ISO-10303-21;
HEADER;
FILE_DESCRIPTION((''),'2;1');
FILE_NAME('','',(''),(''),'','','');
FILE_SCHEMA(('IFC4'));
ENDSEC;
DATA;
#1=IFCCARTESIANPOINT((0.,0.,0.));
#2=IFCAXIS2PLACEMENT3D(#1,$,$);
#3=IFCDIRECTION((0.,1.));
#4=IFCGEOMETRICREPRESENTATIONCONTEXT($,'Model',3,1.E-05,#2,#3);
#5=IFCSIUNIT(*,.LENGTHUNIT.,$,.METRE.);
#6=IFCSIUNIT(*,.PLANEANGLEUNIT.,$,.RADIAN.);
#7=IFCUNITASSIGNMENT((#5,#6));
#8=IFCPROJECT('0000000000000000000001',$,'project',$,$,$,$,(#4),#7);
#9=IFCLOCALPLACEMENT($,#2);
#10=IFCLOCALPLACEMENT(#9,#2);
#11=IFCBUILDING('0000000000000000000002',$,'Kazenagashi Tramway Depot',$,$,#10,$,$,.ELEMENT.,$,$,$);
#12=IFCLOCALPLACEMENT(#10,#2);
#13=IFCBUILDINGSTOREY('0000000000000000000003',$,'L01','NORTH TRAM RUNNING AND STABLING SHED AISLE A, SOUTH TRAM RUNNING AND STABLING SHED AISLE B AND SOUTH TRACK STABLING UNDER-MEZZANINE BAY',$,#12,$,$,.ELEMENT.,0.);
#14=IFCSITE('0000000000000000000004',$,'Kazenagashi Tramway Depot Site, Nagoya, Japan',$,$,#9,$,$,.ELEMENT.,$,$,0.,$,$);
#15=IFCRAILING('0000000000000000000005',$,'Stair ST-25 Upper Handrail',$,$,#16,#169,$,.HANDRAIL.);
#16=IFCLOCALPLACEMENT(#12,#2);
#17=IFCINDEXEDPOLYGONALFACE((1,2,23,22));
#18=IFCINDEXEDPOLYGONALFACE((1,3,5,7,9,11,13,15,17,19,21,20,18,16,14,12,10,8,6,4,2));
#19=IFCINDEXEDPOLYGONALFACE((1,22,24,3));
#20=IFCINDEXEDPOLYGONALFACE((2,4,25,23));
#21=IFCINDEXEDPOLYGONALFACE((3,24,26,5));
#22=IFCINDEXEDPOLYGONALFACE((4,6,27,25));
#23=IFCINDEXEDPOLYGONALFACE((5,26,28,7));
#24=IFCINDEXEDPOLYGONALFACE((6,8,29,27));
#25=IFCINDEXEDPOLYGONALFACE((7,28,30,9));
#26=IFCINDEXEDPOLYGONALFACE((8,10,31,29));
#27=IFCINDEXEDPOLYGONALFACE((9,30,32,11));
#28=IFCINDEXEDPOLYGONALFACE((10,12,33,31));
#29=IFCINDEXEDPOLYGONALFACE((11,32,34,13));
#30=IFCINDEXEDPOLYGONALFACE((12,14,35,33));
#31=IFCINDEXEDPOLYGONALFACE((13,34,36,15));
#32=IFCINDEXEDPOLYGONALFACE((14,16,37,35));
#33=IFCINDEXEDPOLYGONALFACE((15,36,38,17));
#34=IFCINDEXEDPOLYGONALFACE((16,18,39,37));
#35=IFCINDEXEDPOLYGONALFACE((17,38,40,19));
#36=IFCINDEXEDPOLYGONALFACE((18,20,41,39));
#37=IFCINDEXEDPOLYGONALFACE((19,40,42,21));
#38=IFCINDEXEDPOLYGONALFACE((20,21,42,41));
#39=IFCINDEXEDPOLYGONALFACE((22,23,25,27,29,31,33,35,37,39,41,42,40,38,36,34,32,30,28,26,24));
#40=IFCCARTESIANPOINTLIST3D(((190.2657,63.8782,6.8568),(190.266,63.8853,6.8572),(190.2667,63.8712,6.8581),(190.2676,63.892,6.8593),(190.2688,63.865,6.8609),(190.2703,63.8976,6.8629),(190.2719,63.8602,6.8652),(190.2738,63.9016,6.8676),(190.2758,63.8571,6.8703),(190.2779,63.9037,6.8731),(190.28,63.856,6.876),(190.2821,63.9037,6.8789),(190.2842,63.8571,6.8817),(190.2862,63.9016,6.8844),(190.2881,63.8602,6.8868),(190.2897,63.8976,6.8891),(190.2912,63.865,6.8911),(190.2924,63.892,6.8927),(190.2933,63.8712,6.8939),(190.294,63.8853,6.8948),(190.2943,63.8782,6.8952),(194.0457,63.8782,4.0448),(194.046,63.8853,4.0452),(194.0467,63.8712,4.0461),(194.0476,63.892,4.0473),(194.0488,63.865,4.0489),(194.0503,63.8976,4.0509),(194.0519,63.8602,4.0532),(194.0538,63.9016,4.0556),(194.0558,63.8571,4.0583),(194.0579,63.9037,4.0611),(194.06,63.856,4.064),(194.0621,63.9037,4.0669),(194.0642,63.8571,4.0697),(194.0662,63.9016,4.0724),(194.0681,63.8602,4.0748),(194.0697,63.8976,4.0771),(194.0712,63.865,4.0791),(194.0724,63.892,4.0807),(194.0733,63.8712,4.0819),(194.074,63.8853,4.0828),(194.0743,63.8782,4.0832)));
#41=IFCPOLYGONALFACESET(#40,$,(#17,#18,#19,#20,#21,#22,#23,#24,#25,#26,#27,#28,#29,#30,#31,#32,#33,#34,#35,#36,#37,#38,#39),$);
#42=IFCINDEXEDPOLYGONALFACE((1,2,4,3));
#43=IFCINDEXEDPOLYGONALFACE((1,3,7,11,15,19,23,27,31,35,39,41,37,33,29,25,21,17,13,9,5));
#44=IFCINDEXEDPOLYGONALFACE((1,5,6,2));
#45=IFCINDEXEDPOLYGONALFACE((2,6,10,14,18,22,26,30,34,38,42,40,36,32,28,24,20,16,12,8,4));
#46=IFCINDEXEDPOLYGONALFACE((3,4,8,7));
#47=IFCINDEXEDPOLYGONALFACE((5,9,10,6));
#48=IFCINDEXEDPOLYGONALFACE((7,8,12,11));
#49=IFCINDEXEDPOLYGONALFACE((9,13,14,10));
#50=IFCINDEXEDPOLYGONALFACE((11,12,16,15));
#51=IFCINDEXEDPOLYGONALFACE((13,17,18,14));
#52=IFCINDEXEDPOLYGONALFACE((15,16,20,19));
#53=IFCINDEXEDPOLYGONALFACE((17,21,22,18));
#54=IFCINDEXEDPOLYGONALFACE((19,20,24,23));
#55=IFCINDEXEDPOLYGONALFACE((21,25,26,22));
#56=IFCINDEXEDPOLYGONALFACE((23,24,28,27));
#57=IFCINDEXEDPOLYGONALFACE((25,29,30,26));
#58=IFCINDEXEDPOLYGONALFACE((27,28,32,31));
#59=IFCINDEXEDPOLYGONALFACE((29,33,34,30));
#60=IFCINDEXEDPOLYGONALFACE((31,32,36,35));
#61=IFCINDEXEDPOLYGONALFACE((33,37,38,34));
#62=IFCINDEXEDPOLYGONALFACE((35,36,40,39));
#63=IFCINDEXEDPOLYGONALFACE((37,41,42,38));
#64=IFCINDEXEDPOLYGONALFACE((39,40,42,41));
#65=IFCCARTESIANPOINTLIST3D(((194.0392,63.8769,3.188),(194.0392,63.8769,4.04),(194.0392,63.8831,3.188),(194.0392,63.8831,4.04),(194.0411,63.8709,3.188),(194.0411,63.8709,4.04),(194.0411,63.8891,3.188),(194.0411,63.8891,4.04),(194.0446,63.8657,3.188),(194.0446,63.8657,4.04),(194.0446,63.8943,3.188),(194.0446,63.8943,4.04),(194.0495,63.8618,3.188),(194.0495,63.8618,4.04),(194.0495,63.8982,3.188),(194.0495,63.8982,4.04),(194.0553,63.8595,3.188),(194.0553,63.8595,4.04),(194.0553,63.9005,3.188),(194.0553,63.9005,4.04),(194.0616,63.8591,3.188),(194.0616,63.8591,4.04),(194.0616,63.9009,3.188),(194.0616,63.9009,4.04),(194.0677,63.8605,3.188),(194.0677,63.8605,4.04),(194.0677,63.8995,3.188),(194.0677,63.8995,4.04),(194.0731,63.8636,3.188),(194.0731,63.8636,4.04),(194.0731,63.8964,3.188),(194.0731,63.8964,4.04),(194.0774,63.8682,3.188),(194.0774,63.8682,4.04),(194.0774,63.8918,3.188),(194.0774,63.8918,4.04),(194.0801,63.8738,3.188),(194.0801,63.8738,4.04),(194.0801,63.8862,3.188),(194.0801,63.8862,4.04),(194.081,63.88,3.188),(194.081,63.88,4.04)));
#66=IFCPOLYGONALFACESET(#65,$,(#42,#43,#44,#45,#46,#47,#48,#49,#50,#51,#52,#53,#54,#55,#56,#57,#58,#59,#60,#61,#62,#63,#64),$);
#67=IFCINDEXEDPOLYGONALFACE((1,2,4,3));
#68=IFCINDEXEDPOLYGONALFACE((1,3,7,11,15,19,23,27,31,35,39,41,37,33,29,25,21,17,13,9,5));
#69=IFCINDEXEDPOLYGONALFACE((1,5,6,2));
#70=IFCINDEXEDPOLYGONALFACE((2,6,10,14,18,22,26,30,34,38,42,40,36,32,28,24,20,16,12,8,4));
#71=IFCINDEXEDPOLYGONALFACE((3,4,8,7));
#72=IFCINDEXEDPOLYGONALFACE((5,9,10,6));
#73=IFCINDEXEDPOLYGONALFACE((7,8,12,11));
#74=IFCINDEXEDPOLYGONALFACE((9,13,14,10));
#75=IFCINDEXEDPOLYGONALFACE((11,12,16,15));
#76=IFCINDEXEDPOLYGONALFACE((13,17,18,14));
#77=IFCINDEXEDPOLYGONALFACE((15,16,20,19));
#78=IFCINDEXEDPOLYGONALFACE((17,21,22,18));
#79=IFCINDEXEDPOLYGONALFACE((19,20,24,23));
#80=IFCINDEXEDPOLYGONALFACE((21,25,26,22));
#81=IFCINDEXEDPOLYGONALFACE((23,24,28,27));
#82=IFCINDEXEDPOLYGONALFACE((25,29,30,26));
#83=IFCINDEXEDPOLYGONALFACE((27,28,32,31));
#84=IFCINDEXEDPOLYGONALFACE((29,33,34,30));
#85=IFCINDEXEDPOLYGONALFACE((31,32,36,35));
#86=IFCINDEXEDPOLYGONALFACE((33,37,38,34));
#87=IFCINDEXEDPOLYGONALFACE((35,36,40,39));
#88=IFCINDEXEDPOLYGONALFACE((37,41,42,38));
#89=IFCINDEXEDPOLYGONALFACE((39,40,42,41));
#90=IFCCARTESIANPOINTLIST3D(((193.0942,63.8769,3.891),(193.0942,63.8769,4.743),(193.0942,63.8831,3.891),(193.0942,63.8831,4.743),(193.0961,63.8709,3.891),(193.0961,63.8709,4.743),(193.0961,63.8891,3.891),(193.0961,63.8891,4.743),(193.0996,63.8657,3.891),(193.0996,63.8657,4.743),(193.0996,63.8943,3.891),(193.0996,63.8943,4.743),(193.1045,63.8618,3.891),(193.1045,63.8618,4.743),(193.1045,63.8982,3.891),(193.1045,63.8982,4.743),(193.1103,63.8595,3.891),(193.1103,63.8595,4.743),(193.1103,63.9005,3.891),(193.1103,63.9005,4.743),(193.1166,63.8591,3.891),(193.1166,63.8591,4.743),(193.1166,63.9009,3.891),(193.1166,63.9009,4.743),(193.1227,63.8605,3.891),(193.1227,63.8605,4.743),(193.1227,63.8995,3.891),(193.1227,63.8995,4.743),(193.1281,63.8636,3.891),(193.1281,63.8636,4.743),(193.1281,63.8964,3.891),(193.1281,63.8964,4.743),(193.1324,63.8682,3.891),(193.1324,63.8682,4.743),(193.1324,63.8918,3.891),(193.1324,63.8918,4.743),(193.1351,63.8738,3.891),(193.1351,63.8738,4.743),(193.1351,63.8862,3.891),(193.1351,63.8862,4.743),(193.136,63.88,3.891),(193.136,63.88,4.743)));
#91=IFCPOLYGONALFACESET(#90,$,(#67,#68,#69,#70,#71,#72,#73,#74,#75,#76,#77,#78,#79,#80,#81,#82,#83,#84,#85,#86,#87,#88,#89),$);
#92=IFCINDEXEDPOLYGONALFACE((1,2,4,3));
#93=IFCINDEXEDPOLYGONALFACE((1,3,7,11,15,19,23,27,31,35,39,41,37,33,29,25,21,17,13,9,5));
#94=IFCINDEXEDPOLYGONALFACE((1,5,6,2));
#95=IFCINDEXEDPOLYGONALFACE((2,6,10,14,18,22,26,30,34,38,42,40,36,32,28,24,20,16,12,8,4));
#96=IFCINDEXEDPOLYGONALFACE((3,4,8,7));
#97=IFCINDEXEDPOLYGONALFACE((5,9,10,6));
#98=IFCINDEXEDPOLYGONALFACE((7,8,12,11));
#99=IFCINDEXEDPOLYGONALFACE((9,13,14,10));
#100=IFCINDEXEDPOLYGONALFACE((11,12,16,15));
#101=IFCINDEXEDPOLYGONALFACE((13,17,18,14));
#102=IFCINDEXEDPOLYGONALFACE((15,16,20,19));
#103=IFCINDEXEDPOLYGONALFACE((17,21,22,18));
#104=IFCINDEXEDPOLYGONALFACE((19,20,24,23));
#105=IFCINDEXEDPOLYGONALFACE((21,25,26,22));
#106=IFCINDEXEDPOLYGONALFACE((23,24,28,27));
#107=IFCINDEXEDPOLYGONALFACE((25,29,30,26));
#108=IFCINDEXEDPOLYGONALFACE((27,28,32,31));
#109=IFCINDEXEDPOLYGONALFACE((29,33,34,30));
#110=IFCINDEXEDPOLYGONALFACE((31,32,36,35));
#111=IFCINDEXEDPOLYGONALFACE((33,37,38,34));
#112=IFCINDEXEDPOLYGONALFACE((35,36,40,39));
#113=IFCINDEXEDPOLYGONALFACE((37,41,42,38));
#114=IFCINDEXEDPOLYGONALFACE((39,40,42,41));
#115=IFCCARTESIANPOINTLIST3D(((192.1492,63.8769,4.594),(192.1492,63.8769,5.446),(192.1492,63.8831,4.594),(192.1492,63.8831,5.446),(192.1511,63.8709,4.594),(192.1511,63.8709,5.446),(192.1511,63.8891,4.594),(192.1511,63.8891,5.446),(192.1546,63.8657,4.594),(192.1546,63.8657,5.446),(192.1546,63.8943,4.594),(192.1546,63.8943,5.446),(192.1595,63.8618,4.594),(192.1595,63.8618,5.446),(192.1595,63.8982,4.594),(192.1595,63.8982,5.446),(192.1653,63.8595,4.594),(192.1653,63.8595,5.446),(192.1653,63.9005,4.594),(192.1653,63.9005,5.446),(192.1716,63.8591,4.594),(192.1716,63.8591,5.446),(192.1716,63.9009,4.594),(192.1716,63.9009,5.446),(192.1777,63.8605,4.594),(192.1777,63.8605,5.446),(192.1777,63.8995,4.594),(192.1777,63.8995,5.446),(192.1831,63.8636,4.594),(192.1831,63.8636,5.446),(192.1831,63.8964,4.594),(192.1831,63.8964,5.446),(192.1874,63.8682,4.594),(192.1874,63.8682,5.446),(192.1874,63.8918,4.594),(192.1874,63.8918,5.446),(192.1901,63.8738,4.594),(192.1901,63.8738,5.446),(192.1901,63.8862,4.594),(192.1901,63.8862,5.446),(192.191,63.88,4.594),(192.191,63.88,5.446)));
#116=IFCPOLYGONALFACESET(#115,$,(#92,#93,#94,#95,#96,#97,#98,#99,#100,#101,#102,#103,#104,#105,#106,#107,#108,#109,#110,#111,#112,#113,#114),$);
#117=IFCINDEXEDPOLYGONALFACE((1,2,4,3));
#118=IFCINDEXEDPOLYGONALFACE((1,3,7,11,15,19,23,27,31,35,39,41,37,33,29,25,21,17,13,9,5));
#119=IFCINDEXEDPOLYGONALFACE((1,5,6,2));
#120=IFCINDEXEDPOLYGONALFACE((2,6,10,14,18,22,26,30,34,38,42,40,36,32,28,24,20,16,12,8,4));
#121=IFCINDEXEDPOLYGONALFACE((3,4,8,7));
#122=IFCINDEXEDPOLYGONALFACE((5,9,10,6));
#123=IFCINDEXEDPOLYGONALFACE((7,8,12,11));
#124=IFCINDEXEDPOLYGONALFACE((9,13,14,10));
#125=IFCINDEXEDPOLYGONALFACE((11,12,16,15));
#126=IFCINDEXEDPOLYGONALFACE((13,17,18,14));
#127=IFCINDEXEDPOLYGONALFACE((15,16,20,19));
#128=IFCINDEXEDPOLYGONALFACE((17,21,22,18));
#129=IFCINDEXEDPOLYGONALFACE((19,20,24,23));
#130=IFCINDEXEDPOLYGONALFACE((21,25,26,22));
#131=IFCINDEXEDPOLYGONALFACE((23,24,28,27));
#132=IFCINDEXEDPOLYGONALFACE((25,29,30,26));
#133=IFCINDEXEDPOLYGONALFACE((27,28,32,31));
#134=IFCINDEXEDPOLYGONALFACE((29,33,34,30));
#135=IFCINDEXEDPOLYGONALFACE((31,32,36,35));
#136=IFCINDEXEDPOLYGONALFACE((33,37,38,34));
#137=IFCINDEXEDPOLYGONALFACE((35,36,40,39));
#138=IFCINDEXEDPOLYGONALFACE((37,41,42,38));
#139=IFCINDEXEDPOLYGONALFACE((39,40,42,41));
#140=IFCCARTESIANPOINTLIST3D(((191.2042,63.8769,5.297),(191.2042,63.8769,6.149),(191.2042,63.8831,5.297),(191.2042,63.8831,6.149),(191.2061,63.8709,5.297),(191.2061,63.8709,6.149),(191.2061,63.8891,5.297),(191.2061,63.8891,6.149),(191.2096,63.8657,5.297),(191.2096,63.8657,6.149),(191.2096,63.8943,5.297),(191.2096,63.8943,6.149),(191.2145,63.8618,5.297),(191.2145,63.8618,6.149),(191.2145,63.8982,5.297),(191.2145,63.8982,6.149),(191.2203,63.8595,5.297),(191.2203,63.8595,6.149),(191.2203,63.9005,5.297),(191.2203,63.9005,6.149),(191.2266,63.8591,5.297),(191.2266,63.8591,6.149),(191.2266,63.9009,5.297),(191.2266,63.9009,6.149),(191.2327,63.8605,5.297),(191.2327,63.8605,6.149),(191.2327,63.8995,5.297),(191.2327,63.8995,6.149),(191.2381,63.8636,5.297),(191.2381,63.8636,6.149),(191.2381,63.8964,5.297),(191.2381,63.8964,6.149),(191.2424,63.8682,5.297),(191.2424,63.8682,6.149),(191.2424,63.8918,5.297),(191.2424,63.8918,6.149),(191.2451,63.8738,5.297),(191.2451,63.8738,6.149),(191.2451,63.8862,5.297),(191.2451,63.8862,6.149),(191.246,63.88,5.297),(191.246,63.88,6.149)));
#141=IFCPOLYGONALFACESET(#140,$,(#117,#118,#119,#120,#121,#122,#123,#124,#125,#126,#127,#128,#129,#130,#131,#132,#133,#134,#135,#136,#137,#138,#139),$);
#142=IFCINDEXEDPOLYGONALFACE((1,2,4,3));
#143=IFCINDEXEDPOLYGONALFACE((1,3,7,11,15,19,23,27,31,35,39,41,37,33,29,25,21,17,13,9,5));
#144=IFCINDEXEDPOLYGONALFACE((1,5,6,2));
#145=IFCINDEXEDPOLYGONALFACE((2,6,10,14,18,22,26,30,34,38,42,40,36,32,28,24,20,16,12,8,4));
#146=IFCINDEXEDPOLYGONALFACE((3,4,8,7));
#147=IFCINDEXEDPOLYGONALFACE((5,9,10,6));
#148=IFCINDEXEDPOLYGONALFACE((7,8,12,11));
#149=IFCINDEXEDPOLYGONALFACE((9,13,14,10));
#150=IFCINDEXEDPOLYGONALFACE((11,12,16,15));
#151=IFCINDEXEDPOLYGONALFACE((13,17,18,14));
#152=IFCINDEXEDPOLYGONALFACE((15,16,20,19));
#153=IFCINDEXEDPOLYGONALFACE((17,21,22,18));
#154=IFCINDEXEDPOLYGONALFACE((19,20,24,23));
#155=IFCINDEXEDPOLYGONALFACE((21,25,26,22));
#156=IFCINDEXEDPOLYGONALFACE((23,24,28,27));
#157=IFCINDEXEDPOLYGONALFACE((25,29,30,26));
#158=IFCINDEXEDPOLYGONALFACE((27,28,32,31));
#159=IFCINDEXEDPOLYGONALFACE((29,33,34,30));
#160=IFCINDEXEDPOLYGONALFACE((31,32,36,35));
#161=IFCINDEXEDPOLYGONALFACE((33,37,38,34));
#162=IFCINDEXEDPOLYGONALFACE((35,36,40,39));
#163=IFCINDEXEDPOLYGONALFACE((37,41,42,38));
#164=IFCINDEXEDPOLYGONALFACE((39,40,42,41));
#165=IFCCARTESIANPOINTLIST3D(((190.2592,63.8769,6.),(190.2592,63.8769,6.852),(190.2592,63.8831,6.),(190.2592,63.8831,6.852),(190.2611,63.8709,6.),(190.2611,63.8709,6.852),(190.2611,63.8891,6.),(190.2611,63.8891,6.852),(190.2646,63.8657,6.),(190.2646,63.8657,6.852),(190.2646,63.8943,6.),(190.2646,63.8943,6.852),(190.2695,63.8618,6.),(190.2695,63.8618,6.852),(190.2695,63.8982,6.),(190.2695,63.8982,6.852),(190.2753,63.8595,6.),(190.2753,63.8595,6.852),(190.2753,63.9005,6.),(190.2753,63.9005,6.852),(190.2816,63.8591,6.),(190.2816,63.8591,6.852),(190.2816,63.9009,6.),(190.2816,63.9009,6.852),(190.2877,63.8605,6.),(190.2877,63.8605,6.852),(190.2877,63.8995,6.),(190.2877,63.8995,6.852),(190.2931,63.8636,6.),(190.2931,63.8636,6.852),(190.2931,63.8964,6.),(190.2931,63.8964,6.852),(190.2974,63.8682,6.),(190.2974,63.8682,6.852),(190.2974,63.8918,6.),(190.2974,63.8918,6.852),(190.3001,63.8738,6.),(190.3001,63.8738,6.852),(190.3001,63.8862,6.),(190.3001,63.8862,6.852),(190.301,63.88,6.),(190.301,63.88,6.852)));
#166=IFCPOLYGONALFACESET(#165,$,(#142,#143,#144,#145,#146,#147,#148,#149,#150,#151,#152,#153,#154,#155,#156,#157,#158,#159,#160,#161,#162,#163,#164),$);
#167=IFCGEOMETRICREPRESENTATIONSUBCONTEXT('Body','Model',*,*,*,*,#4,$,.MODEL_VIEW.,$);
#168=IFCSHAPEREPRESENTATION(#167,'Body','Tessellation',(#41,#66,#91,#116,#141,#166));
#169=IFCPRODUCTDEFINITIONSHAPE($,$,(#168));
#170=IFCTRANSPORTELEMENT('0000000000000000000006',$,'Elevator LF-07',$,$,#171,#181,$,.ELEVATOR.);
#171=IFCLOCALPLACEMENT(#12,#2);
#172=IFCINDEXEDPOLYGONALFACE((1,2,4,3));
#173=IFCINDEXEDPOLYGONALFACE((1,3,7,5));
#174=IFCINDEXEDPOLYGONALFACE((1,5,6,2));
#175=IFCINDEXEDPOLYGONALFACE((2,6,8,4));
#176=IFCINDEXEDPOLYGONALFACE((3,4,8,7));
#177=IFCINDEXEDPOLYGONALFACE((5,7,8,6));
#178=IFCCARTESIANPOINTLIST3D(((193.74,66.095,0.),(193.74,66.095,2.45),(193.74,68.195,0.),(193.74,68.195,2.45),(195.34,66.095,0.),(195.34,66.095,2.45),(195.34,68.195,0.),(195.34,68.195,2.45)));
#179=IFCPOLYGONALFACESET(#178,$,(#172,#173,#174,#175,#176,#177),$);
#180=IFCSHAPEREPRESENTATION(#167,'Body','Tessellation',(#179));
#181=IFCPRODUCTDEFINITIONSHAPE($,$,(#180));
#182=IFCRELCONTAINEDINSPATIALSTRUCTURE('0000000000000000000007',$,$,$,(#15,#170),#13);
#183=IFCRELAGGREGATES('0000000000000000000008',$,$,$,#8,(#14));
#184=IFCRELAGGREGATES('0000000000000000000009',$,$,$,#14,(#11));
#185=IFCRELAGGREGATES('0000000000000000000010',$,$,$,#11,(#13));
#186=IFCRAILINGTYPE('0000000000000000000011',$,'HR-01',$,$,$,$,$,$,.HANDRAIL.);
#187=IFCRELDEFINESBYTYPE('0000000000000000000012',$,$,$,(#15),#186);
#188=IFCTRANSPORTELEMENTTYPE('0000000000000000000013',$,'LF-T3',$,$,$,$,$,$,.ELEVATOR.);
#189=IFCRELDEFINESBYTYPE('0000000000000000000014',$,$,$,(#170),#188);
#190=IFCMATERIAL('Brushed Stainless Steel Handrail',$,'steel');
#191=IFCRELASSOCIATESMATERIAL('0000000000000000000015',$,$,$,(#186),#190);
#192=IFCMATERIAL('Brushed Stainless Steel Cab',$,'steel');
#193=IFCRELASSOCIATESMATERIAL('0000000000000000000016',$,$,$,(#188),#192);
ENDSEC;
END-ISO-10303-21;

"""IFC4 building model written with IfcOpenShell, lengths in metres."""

from ifc_helpers import new_model, si_unit, direction, frame, origin, origin_2d, place, context, subcontext, project, spatial, rectangle, circle, extrude, material, type_object, element, save


model = new_model("IFC4")

# Units and contexts
model_context = context("Model", 3, precision=1e-05, world=origin(), true_north=direction((0.0, 1.0)))
body_context = subcontext(model_context, "Body", "Model", "MODEL_VIEW")
ifc_project = project(units=[si_unit("LENGTHUNIT", "METRE"), si_unit("PLANEANGLEUNIT", "RADIAN")], contexts=[model_context])

# Site, building, storey
site_placement = place(None, origin())
site = spatial("IfcSite", under=ifc_project, at=site_placement, Name="Kazenagashi Tramway Depot Site, Nagoya, Japan", CompositionType="ELEMENT", RefElevation=0.0)
building_placement = place(site_placement, origin())
building = spatial("IfcBuilding", under=site, at=building_placement, Name="Kazenagashi Tramway Depot", CompositionType="ELEMENT")
storey_placement = place(building_placement, origin())
storey = spatial("IfcBuildingStorey", under=building, at=storey_placement, Name="L01", Description="NORTH TRAM RUNNING AND STABLING SHED AISLE A, SOUTH TRAM RUNNING AND STABLING SHED AISLE B AND SOUTH TRACK STABLING UNDER-MEZZANINE BAY", CompositionType="ELEMENT", Elevation=0.0)

# Railing
ifc_material_1 = material(Name="Brushed Stainless Steel Handrail", Category="steel")
railing_type = type_object("IfcRailingType", Name="HR-01", PredefinedType="HANDRAIL", material=ifc_material_1)
railing_1_placement = place(storey_placement, frame((194.06, 63.88, 3.188)))
element("IfcRailing", 1, at=railing_1_placement, inside=storey, type_object=railing_type, Name="Stair ST-25 Upper Handrail", PredefinedType="HANDRAIL", context=body_context, shape_type="SweptSolid", body=[
    extrude(circle(Radius=0.024, at=origin_2d()), frame((0.0, 0.0, 0.876), z_axis=(-0.802337, 0.0, 0.596871), x_axis=(0.0, -1.0, 0.0)), (0.0, 0.0, 1.0), 4.7112),
    extrude(circle(Radius=0.021, at=origin_2d()), origin(), (0.0, 0.0, 1.0), 0.852),
    extrude(circle(Radius=0.021, at=origin_2d()), frame((-0.945, 0.0, 0.703)), (0.0, 0.0, 1.0), 0.852),
    extrude(circle(Radius=0.021, at=origin_2d()), frame((-1.89, 0.0, 1.406)), (0.0, 0.0, 1.0), 0.852),
    extrude(circle(Radius=0.021, at=origin_2d()), frame((-2.835, 0.0, 2.109)), (0.0, 0.0, 1.0), 0.852),
    extrude(circle(Radius=0.021, at=origin_2d()), frame((-3.78, 0.0, 2.812)), (0.0, 0.0, 1.0), 0.852),
])

# Transport element
ifc_material_2 = material(Name="Brushed Stainless Steel Cab", Category="steel")
transport_element_type = type_object("IfcTransportElementType", Name="LF-T3", PredefinedType="ELEVATOR", material=ifc_material_2)
transport_element_placement = place(storey_placement, frame((194.54, 67.145, 0.0), z_axis=(0.0, 0.0, 1.0), x_axis=(1.0, 0.0, 0.0)))
element("IfcTransportElement", 2, at=transport_element_placement, inside=storey, type_object=transport_element_type, Name="Elevator LF-07", PredefinedType="ELEVATOR", context=body_context, shape_type="SweptSolid", body=[
    extrude(rectangle(XDim=1.6, YDim=2.1, at=origin_2d()), origin(), (0.0, 0.0, 1.0), 2.45),
])

save(model, "model.ifc")
